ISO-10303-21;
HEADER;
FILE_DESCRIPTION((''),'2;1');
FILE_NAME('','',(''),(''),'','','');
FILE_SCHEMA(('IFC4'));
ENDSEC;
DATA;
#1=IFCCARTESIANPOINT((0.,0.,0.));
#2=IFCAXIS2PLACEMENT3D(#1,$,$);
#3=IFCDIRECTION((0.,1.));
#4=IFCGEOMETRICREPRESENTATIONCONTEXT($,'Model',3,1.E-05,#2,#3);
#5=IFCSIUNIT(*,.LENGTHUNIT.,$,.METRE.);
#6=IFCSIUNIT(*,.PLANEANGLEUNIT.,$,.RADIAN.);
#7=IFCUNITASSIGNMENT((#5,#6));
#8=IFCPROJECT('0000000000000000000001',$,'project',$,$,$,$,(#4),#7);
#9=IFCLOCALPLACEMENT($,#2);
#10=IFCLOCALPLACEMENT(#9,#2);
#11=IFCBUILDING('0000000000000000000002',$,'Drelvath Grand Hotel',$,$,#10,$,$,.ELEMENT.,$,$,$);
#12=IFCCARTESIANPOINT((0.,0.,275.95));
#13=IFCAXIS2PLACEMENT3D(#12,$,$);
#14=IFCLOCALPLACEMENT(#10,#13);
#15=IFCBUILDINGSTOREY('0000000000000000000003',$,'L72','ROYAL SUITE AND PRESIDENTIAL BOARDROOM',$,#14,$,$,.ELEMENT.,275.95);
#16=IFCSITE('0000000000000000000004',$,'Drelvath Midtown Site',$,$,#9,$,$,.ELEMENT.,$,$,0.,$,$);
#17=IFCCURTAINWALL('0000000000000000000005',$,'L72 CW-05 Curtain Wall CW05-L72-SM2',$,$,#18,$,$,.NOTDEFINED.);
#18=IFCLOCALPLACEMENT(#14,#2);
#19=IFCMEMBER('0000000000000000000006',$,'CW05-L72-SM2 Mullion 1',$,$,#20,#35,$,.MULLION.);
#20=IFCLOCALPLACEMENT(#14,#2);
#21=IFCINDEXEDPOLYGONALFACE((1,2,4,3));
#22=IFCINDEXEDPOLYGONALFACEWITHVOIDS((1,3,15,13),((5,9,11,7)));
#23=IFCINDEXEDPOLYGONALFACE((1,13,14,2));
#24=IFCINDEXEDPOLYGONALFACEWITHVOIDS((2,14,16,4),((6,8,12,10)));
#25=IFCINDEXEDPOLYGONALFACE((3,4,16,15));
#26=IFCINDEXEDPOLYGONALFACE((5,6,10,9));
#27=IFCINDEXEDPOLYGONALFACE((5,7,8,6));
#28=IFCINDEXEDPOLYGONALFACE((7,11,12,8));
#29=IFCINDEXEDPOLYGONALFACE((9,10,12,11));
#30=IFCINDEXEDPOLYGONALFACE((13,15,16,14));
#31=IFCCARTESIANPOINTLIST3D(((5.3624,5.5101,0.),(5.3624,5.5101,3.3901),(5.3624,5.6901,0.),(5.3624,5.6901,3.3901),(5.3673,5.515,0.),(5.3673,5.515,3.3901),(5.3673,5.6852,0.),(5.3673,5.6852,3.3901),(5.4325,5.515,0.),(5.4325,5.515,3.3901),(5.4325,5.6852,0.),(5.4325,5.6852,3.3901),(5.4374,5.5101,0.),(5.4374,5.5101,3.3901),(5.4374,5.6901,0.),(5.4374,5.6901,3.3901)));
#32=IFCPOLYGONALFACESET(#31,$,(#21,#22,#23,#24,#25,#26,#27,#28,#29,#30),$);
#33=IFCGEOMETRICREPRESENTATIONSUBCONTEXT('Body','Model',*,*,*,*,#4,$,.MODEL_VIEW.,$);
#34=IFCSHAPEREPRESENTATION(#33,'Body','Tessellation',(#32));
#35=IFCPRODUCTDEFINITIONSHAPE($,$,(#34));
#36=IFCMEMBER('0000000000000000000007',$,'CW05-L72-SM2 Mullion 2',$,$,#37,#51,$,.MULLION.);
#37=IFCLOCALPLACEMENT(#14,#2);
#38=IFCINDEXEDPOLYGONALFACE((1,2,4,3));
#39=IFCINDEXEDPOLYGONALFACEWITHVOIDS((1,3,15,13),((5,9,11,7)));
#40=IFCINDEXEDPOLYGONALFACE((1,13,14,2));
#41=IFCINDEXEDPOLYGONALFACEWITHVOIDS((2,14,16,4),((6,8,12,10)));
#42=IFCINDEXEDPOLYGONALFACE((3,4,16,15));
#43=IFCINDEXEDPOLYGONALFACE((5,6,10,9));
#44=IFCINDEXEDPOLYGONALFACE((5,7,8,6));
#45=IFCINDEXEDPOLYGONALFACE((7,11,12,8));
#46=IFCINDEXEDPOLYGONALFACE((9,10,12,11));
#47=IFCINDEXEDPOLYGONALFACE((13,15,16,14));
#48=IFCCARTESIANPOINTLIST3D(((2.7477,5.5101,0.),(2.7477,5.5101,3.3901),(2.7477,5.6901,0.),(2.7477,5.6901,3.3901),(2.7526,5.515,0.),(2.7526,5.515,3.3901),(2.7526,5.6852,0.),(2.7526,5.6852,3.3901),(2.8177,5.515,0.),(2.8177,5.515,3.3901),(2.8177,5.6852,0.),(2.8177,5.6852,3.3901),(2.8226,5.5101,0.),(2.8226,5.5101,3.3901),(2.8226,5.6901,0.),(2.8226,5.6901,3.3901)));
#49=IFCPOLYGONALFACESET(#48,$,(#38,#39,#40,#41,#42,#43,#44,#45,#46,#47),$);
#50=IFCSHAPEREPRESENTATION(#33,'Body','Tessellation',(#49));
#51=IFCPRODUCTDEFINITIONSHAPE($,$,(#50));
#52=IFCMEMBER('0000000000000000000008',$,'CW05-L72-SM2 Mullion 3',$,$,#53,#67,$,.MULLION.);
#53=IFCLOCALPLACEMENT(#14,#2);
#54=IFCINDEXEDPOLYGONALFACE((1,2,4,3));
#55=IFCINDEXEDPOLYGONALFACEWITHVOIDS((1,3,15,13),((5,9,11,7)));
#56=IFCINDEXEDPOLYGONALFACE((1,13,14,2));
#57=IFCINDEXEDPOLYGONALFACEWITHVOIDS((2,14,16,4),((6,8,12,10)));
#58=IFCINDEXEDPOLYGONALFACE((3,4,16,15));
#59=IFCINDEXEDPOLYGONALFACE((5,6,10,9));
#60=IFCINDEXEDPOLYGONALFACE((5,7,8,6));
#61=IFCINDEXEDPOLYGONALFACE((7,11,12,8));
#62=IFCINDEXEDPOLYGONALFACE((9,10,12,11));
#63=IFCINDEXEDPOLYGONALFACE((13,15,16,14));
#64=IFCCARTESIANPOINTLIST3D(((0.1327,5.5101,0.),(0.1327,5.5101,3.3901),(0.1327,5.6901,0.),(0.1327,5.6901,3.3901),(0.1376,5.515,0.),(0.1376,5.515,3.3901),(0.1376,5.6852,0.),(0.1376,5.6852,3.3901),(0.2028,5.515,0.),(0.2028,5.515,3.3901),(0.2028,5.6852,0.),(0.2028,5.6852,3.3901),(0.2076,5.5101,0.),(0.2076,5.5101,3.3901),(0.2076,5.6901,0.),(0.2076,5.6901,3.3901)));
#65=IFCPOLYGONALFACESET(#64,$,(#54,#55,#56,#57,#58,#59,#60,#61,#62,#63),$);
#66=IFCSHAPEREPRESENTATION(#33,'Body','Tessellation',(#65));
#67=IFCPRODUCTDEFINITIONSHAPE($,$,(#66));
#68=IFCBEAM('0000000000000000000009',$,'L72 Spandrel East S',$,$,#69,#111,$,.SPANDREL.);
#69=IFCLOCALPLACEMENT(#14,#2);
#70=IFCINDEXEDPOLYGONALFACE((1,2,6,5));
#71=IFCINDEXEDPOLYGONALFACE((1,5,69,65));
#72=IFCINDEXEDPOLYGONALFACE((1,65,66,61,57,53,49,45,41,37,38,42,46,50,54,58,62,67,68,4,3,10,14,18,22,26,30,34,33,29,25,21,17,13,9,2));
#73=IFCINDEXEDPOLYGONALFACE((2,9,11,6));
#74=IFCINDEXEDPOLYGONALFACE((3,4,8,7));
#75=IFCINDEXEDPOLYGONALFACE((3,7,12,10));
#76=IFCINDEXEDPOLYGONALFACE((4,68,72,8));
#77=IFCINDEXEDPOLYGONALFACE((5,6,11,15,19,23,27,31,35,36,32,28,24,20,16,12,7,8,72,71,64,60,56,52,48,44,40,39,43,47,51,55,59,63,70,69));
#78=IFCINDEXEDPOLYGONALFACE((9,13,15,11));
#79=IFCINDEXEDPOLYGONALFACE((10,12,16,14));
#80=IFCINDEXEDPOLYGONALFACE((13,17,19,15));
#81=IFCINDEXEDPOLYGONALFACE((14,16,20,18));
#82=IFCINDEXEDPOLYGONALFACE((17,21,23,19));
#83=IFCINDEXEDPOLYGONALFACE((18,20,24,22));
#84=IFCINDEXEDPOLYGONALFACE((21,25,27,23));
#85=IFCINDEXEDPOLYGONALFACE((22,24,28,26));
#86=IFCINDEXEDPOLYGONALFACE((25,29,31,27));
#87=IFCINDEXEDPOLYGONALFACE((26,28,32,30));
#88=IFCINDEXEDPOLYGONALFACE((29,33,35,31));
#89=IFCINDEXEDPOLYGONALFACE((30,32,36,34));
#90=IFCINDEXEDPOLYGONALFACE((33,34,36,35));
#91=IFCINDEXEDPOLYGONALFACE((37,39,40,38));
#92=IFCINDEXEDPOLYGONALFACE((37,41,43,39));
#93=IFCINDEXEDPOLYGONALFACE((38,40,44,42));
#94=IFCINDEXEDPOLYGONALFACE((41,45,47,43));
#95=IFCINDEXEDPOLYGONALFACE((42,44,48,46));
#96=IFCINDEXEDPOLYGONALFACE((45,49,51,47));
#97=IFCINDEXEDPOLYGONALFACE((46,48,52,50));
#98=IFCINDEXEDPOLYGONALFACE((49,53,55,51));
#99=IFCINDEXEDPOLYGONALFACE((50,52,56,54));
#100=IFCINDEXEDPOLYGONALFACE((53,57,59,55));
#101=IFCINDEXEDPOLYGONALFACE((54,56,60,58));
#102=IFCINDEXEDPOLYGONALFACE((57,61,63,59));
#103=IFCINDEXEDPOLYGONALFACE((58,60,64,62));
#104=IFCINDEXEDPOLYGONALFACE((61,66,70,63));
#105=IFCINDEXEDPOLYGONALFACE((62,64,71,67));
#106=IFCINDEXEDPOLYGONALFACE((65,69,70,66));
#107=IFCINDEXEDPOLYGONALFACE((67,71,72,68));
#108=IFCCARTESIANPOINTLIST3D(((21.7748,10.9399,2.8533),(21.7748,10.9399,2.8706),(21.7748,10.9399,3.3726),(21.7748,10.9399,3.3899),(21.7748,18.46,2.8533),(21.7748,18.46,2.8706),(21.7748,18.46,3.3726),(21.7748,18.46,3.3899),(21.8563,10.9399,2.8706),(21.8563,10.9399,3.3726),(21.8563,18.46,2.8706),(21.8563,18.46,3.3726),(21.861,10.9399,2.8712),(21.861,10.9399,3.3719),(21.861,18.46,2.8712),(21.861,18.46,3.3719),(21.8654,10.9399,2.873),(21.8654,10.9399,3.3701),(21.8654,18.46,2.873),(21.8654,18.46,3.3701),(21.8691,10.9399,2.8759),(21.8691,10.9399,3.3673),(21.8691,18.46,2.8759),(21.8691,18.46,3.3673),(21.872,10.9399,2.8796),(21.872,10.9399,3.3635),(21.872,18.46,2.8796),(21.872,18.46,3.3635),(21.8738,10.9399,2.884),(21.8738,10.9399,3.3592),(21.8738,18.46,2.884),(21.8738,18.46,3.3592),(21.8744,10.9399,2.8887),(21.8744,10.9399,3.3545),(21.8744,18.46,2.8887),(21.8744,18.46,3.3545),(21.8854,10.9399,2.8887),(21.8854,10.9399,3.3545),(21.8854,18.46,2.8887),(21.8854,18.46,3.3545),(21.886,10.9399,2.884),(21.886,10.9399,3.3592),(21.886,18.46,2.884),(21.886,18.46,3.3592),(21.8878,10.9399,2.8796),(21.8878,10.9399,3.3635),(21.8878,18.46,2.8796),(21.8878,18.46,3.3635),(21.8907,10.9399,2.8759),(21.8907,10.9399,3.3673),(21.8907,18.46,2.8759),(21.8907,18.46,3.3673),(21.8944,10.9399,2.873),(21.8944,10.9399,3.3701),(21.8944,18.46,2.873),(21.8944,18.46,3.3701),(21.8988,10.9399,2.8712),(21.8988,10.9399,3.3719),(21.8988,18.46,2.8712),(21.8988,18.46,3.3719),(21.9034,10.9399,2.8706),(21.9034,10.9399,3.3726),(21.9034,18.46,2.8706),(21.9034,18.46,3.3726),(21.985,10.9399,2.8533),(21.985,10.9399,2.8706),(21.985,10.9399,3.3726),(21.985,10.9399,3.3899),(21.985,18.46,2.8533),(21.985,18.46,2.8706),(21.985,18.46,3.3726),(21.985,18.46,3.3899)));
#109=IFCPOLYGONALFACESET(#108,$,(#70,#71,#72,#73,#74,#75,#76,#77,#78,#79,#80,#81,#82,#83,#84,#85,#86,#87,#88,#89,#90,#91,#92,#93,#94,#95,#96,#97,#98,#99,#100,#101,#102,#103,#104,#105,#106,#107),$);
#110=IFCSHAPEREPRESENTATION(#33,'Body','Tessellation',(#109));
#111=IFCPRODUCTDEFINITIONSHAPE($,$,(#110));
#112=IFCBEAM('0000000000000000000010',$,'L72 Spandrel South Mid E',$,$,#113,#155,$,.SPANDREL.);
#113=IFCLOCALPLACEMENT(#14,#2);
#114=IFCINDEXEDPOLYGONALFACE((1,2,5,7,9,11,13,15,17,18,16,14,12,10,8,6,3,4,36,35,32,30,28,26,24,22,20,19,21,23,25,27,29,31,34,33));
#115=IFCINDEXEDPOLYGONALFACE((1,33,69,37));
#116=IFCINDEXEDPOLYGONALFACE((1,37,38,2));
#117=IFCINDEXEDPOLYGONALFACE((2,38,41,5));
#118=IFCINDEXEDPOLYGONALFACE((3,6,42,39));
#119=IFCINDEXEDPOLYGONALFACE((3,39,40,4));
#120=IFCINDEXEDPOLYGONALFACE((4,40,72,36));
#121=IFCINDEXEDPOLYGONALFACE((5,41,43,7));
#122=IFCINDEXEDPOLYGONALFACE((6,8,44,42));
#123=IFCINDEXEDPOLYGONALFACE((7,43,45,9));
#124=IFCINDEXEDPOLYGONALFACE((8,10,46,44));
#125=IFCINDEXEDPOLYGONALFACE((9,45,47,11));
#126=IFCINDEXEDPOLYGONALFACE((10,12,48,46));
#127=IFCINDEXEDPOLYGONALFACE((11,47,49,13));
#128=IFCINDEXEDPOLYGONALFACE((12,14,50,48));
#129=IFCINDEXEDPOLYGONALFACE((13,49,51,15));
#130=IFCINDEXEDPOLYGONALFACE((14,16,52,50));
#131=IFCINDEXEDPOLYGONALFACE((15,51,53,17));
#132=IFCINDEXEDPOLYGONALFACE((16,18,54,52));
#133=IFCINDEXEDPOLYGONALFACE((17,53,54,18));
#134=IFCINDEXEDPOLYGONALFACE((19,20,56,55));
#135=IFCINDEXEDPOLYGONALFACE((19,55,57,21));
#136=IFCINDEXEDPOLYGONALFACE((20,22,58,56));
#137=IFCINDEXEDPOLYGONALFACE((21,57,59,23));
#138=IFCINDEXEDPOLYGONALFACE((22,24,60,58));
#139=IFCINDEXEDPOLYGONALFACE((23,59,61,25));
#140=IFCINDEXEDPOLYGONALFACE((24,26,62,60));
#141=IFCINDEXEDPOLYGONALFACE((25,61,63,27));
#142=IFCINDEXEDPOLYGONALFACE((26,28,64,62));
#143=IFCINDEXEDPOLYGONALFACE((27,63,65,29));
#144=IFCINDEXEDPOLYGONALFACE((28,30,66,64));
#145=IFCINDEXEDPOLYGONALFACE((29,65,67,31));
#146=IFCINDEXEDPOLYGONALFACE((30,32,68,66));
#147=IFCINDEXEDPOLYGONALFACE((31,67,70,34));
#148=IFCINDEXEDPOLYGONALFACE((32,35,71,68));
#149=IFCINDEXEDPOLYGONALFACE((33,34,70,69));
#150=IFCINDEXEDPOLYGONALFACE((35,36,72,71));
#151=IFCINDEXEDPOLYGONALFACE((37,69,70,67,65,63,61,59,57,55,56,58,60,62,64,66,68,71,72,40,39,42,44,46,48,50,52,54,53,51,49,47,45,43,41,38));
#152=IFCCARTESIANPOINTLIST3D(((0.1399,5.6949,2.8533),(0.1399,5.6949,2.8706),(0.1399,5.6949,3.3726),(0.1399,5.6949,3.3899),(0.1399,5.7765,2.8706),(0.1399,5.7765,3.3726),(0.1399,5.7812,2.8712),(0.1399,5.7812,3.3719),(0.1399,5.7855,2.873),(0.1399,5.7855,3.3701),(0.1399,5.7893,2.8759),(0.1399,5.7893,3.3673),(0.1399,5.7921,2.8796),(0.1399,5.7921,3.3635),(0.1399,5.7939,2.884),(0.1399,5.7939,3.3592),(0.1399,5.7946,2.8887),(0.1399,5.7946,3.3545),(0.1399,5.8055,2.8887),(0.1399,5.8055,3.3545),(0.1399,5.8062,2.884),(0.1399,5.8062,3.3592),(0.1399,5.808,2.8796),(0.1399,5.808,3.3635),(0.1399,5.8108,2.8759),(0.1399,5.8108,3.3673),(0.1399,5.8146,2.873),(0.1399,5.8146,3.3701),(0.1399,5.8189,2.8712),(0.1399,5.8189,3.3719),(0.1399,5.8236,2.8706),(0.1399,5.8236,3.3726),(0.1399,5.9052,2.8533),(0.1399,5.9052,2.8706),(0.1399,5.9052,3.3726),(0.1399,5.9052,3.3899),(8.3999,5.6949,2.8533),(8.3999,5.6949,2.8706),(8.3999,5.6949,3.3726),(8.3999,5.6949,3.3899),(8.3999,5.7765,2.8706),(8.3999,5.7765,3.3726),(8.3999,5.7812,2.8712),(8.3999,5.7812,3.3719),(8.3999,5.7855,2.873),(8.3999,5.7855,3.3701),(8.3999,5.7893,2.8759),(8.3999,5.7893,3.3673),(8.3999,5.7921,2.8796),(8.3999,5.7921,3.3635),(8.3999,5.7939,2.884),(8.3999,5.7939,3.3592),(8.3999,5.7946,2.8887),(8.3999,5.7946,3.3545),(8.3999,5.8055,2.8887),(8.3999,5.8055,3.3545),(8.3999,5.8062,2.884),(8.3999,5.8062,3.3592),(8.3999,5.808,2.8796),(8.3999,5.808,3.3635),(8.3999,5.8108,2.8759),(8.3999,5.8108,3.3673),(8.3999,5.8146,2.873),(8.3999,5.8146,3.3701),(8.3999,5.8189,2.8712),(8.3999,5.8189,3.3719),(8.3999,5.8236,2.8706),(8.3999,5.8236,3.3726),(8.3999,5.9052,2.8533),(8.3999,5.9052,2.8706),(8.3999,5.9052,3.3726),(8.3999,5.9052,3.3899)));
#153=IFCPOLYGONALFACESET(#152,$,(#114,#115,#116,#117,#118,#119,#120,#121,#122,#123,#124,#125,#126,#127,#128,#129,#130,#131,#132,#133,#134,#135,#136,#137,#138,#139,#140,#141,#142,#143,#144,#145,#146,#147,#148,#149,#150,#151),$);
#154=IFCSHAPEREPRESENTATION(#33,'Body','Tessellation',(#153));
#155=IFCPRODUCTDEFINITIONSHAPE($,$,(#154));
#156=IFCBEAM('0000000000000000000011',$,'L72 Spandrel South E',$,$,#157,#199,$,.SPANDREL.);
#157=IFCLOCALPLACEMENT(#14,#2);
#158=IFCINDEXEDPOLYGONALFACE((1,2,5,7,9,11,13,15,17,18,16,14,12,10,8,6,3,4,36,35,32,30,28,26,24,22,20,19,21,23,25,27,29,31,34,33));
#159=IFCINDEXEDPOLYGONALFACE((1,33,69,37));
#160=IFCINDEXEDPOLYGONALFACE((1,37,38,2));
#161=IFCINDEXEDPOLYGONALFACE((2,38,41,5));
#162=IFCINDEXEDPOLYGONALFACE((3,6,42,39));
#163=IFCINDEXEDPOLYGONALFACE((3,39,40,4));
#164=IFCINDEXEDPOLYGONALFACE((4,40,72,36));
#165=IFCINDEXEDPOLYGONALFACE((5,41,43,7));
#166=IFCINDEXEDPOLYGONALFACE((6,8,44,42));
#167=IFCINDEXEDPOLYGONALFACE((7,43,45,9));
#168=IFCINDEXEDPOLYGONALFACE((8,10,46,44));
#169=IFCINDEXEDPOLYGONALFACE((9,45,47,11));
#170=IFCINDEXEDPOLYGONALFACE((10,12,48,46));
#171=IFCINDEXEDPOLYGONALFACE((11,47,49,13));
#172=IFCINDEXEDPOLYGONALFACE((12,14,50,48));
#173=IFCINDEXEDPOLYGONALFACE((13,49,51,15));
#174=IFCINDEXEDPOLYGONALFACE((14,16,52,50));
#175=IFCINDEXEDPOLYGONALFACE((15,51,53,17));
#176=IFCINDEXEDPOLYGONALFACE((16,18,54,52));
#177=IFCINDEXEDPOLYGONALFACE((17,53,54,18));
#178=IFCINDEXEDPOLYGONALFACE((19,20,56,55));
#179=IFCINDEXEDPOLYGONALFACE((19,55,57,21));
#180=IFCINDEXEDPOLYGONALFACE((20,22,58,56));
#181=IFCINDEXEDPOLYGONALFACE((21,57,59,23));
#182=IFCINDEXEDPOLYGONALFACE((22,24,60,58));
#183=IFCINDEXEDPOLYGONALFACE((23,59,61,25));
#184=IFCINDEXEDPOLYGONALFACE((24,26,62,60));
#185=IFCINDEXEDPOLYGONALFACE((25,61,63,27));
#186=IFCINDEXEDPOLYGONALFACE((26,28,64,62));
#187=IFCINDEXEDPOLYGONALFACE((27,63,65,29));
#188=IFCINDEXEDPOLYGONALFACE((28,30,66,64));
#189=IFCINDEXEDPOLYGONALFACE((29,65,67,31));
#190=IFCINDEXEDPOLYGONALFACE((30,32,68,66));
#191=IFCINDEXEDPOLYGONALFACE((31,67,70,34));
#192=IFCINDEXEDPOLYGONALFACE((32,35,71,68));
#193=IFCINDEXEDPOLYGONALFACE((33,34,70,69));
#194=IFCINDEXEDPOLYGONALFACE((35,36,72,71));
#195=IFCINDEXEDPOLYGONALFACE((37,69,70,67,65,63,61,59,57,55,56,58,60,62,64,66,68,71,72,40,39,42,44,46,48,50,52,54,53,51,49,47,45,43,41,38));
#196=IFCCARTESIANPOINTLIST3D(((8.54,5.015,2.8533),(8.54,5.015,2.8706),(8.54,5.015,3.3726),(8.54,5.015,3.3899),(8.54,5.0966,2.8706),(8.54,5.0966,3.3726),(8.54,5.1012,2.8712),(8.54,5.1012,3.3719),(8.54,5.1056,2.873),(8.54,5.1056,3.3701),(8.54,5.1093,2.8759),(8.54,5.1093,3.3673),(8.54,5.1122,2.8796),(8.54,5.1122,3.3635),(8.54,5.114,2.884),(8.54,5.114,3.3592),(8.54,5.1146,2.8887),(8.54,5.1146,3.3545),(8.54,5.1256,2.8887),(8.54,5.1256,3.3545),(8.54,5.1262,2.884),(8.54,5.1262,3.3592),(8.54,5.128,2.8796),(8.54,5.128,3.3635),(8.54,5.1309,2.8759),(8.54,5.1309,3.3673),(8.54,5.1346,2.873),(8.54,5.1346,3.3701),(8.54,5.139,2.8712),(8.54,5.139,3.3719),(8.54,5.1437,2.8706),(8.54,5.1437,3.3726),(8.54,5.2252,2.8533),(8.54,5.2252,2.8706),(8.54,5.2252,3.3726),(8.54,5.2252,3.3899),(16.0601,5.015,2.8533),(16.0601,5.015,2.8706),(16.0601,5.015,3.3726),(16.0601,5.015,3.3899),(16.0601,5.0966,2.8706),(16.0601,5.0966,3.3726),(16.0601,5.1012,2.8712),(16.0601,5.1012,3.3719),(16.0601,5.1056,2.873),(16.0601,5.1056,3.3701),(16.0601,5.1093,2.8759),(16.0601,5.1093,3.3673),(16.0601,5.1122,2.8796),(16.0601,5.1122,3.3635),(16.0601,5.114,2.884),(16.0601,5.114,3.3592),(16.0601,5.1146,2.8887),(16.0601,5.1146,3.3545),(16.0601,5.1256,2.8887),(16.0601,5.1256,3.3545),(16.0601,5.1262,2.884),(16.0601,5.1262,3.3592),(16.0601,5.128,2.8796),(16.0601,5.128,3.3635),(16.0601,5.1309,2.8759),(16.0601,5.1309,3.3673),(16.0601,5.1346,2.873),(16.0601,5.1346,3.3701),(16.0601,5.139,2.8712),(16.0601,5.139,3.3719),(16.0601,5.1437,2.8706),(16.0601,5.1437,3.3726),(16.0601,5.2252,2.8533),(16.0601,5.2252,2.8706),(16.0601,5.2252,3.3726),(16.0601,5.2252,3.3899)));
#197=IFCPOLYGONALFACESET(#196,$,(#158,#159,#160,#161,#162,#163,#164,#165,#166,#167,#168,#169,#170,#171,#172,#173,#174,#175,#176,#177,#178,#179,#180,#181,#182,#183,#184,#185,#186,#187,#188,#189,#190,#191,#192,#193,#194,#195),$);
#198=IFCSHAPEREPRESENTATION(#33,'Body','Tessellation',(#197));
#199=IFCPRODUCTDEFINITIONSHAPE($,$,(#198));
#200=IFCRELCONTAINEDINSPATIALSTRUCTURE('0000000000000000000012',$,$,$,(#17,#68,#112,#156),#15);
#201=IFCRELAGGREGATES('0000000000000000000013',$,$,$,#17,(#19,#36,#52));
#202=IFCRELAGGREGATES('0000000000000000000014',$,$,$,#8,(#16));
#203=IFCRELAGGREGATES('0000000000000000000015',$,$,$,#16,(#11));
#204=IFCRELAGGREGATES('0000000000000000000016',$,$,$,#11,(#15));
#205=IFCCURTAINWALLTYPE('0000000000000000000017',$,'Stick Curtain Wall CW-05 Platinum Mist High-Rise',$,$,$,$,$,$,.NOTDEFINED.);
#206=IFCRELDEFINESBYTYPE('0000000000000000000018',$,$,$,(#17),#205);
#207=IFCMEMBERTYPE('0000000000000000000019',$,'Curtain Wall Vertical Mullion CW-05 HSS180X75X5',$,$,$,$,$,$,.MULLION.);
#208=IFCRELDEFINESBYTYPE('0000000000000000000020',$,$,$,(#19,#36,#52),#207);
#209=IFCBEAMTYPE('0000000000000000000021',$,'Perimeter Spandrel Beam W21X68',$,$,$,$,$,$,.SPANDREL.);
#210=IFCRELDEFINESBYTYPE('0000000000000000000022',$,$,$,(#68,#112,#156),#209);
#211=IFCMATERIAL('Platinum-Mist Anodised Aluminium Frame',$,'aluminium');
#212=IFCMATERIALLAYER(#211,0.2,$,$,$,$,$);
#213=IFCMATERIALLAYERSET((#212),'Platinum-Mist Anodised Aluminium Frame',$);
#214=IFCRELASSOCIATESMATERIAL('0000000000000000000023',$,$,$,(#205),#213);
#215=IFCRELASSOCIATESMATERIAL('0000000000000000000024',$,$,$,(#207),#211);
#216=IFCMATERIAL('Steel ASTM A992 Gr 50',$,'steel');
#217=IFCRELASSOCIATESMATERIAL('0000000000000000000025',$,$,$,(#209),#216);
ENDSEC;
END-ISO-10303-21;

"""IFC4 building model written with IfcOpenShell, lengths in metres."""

from ifc_helpers import new_model, si_unit, direction, frame, origin, origin_2d, place, context, subcontext, project, spatial, hollow_rectangle, i_section, extrude, material, layer, layer_set, material_profile, profile_set, type_object, element, aggregate, save


model = new_model("IFC4")

# Units and contexts
model_context = context("Model", 3, precision=1e-05, world=origin(), true_north=direction((0.0, 1.0)))
body_context = subcontext(model_context, "Body", "Model", "MODEL_VIEW")
ifc_project = project(units=[si_unit("LENGTHUNIT", "METRE"), si_unit("PLANEANGLEUNIT", "RADIAN")], contexts=[model_context])

# Site, building, storey
site_placement = place(None, origin())
site = spatial("IfcSite", under=ifc_project, at=site_placement, Name="Drelvath Midtown Site", CompositionType="ELEMENT", RefElevation=0.0)
building_placement = place(site_placement, origin())
building = spatial("IfcBuilding", under=site, at=building_placement, Name="Drelvath Grand Hotel", CompositionType="ELEMENT")
storey_placement = place(building_placement, frame((0.0, 0.0, 275.95)))
storey = spatial("IfcBuildingStorey", under=building, at=storey_placement, Name="L72", Description="ROYAL SUITE AND PRESIDENTIAL BOARDROOM", CompositionType="ELEMENT", Elevation=275.95)

# Shared definitions
ifc_material_1 = material(Name="Steel ASTM A992 Gr 50", Category="steel")

# Curtain wall
ifc_material_2 = material(Name="Platinum-Mist Anodised Aluminium Frame", Category="aluminium")
ifc_layer_1 = layer(ifc_material_2, 0.2)
ifc_layer_set_1 = layer_set([ifc_layer_1], Name="Platinum-Mist Anodised Aluminium Frame")
curtain_wall_type = type_object("IfcCurtainWallType", Name="Stick Curtain Wall CW-05 Platinum Mist High-Rise", PredefinedType="NOTDEFINED", material=ifc_layer_set_1)
curtain_wall_1_placement = place(storey_placement, origin())
curtain_wall_1 = element("IfcCurtainWall", 1, at=curtain_wall_1_placement, inside=storey, type_object=curtain_wall_type, Name="L72 CW-05 Curtain Wall CW05-L72-SM2", PredefinedType="NOTDEFINED")

# Members
ifc_material_profile_1 = material_profile(ifc_material_2, hollow_rectangle(XDim=0.075, YDim=0.1799, WallThickness=0.0049, at=origin_2d()), Name="HSS180X75X5")
ifc_profile_set_1 = profile_set([ifc_material_profile_1], Name="Platinum-Mist Anodised Aluminium Frame")
member_type_1 = type_object("IfcMemberType", Name="Curtain Wall Vertical Mullion CW-05 HSS180X75X5", PredefinedType="MULLION", material=ifc_profile_set_1)
member_1_placement = place(storey_placement, frame((5.3999, 5.6001, 0.0), z_axis=(0.0, 0.0, 1.0), x_axis=(1.0, 0.0, 0.0)))
member_1 = element("IfcMember", 2, at=member_1_placement, type_object=member_type_1, Name="CW05-L72-SM2 Mullion 1", PredefinedType="MULLION", context=body_context, shape_type="SweptSolid", body=[
    extrude(hollow_rectangle(XDim=0.075, YDim=0.1799, WallThickness=0.0049, at=origin_2d()), origin(), (0.0, 0.0, 1.0), 3.3901),
])
member_2_placement = place(storey_placement, frame((2.7852, 5.6001, 0.0), z_axis=(0.0, 0.0, 1.0), x_axis=(1.0, 0.0, 0.0)))
member_2 = element("IfcMember", 3, at=member_2_placement, type_object=member_type_1, Name="CW05-L72-SM2 Mullion 2", PredefinedType="MULLION", context=body_context, shape_type="SweptSolid", body=[
    extrude(hollow_rectangle(XDim=0.075, YDim=0.1799, WallThickness=0.0049, at=origin_2d()), origin(), (0.0, 0.0, 1.0), 3.3901),
])
member_3_placement = place(storey_placement, frame((0.1702, 5.6001, 0.0), z_axis=(0.0, 0.0, 1.0), x_axis=(1.0, 0.0, 0.0)))
member_3 = element("IfcMember", 4, at=member_3_placement, type_object=member_type_1, Name="CW05-L72-SM2 Mullion 3", PredefinedType="MULLION", context=body_context, shape_type="SweptSolid", body=[
    extrude(hollow_rectangle(XDim=0.075, YDim=0.1799, WallThickness=0.0049, at=origin_2d()), origin(), (0.0, 0.0, 1.0), 3.3901),
])

# Beams
ifc_material_profile_2 = material_profile(ifc_material_1, i_section(OverallWidth=0.2102, OverallDepth=0.5366, WebThickness=0.011, FlangeThickness=0.0173, FilletRadius=0.0181, at=origin_2d()), Name="W21X68")
ifc_profile_set_2 = profile_set([ifc_material_profile_2], Name="Steel ASTM A992 Gr 50")
beam_type_1 = type_object("IfcBeamType", Name="Perimeter Spandrel Beam W21X68", PredefinedType="SPANDREL", material=ifc_profile_set_2)
beam_1_placement = place(storey_placement, frame((21.8799, 10.9399, 3.1216), z_axis=(0.0, 1.0, 0.0), x_axis=(-1.0, 0.0, 0.0)))
element("IfcBeam", 5, at=beam_1_placement, inside=storey, type_object=beam_type_1, Name="L72 Spandrel East S", PredefinedType="SPANDREL", context=body_context, shape_type="SweptSolid", body=[
    extrude(i_section(OverallWidth=0.2102, OverallDepth=0.5366, WebThickness=0.011, FlangeThickness=0.0173, FilletRadius=0.0181, at=origin_2d()), origin(), (0.0, 0.0, 1.0), 7.52),
])
beam_2_placement = place(storey_placement, frame((0.1399, 5.8, 3.1216), z_axis=(1.0, 0.0, 0.0), x_axis=(0.0, 1.0, 0.0)))
element("IfcBeam", 6, at=beam_2_placement, inside=storey, type_object=beam_type_1, Name="L72 Spandrel South Mid E", PredefinedType="SPANDREL", context=body_context, shape_type="SweptSolid", body=[
    extrude(i_section(OverallWidth=0.2102, OverallDepth=0.5366, WebThickness=0.011, FlangeThickness=0.0173, FilletRadius=0.0181, at=origin_2d()), origin(), (0.0, 0.0, 1.0), 8.26),
])
beam_3_placement = place(storey_placement, frame((8.54, 5.1201, 3.1216), z_axis=(1.0, 0.0, 0.0), x_axis=(0.0, 1.0, 0.0)))
element("IfcBeam", 7, at=beam_3_placement, inside=storey, type_object=beam_type_1, Name="L72 Spandrel South E", PredefinedType="SPANDREL", context=body_context, shape_type="SweptSolid", body=[
    extrude(i_section(OverallWidth=0.2102, OverallDepth=0.5366, WebThickness=0.011, FlangeThickness=0.0173, FilletRadius=0.0181, at=origin_2d()), origin(), (0.0, 0.0, 1.0), 7.52),
])

aggregate(curtain_wall_1, [member_1, member_2, member_3])

save(model, "model.ifc")
